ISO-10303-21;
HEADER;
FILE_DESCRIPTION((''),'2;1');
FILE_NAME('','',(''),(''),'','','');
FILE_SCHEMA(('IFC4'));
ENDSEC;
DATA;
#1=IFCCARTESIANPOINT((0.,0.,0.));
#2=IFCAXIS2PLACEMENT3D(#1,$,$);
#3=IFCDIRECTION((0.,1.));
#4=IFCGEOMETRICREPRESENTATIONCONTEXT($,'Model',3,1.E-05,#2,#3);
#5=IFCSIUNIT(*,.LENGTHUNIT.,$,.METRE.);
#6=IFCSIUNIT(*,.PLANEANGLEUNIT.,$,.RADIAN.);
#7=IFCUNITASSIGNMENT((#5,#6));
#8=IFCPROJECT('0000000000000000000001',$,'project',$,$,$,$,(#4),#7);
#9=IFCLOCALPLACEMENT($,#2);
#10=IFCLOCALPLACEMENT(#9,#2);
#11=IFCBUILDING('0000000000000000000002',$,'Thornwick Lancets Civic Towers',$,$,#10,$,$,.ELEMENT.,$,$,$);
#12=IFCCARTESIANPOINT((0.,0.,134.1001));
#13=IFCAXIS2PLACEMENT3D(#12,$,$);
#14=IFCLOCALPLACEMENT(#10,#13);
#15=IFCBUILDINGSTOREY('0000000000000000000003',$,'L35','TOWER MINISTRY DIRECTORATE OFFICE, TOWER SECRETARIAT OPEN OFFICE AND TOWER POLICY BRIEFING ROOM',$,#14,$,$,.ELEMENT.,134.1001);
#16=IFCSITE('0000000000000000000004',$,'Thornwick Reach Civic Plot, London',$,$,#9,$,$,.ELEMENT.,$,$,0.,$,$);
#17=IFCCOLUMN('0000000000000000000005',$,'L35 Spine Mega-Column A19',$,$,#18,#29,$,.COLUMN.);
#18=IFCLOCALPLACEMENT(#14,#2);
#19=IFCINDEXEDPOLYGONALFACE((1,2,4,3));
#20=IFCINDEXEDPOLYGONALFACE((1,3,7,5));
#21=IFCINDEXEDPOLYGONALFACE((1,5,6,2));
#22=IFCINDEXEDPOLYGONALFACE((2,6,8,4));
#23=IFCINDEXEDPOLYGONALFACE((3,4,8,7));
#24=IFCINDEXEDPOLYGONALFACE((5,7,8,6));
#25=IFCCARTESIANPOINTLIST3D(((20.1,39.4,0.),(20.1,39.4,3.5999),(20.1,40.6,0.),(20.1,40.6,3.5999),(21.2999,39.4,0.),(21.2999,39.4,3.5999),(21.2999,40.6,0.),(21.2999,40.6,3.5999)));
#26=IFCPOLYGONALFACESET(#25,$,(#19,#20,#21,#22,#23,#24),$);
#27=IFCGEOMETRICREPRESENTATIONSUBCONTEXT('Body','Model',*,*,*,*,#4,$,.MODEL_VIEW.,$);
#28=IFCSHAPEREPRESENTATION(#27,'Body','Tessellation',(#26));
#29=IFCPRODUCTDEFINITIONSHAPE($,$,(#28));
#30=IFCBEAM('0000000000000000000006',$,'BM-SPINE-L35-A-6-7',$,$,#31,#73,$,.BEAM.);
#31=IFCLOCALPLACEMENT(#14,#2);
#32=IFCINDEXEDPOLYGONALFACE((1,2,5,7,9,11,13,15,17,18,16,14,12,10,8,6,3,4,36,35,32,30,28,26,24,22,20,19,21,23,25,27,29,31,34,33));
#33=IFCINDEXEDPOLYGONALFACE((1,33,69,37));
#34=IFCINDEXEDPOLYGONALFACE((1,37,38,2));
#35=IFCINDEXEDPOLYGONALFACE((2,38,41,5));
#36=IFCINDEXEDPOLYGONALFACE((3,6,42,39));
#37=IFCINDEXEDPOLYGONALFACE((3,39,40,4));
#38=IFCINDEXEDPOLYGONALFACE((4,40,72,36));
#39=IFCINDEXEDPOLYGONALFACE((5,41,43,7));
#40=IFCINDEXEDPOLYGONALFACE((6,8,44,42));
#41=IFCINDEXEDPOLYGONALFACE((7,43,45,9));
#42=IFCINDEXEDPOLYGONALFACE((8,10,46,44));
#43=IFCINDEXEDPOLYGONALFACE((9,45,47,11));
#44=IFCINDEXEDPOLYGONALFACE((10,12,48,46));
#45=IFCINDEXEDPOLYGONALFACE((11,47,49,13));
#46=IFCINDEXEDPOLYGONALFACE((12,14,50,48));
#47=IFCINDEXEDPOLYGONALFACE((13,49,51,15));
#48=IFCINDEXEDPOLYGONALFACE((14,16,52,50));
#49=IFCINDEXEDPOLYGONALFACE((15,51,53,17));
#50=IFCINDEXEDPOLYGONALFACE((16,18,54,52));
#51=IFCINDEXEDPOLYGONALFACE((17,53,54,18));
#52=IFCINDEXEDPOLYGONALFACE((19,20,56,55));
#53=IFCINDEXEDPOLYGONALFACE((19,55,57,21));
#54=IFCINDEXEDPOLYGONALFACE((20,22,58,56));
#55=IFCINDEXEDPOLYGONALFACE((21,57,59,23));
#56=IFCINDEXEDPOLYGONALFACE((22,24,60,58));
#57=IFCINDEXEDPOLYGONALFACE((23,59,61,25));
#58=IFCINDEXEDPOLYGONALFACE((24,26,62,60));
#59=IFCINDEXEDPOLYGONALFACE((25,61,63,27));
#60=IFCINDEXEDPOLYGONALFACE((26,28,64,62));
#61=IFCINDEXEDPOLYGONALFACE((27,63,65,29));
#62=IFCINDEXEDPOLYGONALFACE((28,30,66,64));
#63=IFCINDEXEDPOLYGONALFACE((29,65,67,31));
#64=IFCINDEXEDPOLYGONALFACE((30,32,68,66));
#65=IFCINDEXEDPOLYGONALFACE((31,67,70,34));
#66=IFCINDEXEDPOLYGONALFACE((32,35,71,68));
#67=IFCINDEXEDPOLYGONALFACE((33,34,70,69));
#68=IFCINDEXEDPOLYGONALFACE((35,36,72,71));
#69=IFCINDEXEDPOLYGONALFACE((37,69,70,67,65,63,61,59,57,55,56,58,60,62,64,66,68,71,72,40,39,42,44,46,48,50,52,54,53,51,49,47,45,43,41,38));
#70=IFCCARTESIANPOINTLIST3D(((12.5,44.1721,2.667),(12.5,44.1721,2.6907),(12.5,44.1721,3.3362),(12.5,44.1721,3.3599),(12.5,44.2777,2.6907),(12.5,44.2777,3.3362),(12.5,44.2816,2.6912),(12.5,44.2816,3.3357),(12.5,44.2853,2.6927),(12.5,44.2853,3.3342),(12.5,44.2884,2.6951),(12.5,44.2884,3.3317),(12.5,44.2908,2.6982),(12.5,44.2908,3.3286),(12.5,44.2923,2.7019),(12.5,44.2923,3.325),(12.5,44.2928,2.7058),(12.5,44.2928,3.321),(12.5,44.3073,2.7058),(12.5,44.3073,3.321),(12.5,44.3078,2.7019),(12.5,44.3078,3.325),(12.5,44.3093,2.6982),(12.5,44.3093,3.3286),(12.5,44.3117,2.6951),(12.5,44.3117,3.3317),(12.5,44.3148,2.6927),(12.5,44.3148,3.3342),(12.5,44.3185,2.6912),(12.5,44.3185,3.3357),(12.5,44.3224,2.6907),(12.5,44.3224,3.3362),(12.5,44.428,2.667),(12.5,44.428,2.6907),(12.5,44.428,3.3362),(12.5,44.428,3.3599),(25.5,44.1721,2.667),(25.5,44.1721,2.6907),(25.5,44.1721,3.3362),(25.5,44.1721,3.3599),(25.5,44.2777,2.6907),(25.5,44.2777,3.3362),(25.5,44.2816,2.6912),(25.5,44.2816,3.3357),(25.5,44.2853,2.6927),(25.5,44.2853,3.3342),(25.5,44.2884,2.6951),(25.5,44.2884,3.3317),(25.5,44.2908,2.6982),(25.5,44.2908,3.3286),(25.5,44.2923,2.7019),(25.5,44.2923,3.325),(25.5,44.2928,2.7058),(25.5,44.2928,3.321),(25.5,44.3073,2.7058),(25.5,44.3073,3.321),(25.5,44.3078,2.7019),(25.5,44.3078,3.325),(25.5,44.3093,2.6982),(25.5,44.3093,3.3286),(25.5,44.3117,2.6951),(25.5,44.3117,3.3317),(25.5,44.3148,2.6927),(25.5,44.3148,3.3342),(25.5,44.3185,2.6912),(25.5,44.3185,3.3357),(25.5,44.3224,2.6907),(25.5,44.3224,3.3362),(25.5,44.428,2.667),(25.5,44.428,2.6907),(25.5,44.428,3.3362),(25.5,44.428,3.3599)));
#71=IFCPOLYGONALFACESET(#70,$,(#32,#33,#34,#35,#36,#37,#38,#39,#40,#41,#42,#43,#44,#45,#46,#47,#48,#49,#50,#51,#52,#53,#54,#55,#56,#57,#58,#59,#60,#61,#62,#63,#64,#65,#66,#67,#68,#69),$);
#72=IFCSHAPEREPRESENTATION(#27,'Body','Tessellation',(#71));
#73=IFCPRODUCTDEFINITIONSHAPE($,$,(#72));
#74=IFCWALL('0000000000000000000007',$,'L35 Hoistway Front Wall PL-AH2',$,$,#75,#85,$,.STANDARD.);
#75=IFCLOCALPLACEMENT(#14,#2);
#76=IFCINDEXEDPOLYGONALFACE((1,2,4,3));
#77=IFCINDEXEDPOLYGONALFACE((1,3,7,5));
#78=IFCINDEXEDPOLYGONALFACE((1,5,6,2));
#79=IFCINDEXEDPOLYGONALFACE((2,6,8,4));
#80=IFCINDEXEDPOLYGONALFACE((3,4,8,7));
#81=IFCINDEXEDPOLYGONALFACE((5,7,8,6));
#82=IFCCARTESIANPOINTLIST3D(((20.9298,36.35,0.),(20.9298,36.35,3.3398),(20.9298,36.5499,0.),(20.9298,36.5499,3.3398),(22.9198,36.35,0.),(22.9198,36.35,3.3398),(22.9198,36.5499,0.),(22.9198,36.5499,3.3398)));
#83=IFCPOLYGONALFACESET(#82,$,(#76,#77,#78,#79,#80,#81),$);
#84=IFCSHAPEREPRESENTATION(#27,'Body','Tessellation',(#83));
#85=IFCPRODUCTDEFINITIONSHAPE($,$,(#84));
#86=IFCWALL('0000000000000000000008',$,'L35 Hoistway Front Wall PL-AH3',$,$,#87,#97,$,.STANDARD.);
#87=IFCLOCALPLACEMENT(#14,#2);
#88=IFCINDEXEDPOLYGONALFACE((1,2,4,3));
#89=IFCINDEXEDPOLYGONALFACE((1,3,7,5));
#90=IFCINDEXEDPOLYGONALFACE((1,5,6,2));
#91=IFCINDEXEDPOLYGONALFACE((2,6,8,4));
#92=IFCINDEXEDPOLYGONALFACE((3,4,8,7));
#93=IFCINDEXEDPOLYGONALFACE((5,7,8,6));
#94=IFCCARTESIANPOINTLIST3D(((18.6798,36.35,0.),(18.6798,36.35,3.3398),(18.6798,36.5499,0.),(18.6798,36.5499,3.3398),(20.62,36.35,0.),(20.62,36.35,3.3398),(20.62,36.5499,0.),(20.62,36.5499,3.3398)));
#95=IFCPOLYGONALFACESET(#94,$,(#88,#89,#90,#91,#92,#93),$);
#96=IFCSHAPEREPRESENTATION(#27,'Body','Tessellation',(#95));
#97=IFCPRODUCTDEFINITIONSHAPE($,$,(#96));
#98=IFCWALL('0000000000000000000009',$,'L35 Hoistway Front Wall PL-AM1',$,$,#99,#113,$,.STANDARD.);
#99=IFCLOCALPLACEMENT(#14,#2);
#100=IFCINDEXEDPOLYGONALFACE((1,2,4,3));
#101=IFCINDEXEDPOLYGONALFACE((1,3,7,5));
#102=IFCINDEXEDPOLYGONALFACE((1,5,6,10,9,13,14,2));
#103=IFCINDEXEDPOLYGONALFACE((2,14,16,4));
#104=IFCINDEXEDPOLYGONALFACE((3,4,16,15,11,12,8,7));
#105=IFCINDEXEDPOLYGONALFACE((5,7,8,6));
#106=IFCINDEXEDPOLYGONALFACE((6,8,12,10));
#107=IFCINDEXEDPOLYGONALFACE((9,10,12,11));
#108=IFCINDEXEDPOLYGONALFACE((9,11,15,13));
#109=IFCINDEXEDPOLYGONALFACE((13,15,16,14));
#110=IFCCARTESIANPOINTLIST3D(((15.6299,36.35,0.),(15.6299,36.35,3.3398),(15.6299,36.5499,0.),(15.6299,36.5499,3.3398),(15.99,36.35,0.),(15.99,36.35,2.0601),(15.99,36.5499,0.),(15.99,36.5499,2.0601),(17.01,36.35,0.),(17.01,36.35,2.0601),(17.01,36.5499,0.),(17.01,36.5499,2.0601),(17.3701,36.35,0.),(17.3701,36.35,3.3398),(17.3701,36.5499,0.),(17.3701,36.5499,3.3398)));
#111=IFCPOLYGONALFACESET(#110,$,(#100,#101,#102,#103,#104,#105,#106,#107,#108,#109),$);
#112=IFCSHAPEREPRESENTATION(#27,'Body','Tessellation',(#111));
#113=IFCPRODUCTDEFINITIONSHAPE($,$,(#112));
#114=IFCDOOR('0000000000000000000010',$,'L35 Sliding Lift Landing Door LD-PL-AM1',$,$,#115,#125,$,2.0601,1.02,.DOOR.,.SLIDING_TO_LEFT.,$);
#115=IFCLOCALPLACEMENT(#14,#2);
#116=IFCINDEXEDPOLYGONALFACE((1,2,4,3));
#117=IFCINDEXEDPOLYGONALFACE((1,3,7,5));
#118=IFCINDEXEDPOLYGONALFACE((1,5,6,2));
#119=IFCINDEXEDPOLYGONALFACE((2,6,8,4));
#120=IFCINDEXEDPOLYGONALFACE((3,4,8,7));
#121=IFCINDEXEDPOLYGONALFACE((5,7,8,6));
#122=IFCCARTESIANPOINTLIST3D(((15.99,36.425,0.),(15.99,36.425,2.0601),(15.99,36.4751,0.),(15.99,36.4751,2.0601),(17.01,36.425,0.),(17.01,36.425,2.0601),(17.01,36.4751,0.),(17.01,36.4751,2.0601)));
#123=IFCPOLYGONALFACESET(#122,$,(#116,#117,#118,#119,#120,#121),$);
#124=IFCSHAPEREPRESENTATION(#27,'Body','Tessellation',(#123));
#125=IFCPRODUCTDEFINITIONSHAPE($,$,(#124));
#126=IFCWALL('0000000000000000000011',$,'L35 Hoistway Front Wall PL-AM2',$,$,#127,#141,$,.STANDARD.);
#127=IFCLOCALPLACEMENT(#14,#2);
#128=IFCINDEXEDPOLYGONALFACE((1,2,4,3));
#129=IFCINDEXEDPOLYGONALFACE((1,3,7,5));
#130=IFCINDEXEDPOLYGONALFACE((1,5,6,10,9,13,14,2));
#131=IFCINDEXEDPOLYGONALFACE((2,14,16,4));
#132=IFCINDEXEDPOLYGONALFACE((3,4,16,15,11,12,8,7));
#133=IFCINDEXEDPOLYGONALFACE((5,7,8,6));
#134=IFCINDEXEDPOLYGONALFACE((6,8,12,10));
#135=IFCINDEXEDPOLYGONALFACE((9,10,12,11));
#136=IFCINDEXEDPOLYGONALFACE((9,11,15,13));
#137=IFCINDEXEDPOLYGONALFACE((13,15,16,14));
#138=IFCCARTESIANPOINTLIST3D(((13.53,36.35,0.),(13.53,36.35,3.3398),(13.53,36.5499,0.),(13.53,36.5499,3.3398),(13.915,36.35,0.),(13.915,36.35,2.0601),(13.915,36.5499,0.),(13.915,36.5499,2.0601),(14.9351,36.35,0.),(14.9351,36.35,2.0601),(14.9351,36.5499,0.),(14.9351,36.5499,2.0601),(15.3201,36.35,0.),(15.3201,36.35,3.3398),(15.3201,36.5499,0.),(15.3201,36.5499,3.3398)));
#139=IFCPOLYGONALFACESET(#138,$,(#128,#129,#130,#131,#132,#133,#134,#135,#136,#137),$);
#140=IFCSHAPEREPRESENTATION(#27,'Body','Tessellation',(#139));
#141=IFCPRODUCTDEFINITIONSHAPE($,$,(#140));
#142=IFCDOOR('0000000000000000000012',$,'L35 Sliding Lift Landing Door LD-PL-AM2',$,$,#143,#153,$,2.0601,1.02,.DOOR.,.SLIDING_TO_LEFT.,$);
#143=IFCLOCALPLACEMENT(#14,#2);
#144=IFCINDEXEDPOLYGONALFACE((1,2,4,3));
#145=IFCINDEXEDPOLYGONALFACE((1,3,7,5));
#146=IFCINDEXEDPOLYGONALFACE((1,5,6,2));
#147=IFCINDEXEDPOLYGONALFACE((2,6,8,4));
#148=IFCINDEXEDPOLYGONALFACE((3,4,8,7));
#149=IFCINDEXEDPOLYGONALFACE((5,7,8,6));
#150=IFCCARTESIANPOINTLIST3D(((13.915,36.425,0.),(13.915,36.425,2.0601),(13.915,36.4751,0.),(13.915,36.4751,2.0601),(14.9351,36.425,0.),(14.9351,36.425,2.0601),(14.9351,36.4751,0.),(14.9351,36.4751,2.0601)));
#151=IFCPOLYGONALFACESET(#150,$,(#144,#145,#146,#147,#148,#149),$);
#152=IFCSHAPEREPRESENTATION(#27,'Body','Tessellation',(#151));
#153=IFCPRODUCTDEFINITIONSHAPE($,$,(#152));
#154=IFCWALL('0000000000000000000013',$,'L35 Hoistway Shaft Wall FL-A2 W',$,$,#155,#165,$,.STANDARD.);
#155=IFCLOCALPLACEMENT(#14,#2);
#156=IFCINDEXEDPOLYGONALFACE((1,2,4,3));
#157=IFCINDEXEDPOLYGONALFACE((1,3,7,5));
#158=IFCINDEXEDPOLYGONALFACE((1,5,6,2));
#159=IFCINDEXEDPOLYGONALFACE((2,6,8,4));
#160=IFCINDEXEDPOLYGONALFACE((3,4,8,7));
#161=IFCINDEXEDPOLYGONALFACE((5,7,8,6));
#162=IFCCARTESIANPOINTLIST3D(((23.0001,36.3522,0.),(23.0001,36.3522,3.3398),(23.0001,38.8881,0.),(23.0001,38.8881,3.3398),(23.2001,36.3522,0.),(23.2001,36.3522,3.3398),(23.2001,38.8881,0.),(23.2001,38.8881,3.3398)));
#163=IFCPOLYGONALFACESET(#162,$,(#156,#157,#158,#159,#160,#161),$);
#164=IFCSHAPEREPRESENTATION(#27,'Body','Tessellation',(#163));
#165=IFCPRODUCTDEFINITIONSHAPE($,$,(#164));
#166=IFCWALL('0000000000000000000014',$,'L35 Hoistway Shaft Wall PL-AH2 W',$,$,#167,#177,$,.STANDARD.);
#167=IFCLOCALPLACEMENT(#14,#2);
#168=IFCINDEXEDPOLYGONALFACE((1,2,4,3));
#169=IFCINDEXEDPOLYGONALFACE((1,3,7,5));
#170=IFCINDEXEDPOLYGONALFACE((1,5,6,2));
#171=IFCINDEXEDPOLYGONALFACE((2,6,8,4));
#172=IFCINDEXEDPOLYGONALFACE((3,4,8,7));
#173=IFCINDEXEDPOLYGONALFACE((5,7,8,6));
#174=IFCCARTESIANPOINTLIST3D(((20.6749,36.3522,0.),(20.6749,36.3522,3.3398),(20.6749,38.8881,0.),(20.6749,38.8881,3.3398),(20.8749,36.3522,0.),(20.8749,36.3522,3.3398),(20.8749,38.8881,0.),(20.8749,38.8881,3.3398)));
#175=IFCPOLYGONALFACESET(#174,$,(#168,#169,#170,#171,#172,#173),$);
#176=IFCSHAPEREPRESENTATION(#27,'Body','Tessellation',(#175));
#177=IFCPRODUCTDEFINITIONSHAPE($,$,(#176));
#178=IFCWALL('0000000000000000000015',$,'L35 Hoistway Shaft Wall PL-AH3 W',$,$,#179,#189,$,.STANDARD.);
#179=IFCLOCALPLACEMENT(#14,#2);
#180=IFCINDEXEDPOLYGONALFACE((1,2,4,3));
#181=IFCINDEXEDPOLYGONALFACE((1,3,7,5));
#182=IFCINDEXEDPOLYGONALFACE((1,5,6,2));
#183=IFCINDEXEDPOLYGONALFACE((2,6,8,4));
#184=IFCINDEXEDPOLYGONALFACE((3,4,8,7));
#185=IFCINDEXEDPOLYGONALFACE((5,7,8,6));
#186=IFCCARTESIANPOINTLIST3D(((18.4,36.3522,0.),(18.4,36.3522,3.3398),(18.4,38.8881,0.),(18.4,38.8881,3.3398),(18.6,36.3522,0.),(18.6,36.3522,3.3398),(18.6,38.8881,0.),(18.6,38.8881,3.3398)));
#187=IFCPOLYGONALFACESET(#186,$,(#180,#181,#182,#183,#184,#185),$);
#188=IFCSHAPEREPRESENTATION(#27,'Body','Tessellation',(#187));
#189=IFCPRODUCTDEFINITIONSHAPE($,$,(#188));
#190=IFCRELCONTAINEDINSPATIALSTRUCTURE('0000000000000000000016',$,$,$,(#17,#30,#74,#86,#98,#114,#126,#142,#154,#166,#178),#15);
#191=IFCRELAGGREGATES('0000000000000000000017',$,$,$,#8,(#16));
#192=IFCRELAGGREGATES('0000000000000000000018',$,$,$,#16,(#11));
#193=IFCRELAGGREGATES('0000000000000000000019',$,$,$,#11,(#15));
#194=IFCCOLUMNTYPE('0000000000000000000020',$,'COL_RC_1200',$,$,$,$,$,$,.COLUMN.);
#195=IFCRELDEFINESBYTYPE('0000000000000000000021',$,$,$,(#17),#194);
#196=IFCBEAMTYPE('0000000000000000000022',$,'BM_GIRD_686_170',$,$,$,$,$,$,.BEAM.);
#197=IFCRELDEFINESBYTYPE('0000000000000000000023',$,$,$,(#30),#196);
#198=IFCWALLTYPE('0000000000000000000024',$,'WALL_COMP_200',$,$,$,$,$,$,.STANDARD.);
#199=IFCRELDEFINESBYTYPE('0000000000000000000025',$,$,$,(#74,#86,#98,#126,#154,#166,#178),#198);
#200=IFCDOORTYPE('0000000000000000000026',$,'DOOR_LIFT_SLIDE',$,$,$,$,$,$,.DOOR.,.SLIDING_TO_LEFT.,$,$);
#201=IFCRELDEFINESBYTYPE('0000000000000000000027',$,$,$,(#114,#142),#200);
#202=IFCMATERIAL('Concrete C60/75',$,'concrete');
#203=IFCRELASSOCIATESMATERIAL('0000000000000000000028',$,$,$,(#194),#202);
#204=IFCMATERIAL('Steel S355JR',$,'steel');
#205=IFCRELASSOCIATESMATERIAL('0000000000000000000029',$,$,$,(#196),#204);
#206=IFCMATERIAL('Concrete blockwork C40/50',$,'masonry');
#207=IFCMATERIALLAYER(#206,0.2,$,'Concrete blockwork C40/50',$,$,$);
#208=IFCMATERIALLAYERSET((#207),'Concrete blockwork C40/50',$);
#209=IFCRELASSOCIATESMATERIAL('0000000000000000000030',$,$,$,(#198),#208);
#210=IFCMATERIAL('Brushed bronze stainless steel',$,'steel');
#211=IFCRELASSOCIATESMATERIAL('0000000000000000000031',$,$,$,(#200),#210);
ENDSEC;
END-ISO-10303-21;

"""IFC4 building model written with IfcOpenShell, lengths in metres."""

from ifc_helpers import new_model, si_unit, direction, frame, frame_2d, origin, origin_2d, place, context, subcontext, project, spatial, rectangle, i_section, extrude, material, layer, layer_set, material_profile, profile_set, type_object, element, fill, save


model = new_model("IFC4")

# Units and contexts
model_context = context("Model", 3, precision=1e-05, world=origin(), true_north=direction((0.0, 1.0)))
body_context = subcontext(model_context, "Body", "Model", "MODEL_VIEW")
ifc_project = project(units=[si_unit("LENGTHUNIT", "METRE"), si_unit("PLANEANGLEUNIT", "RADIAN")], contexts=[model_context])

# Site, building, storey
site_placement = place(None, origin())
site = spatial("IfcSite", under=ifc_project, at=site_placement, Name="Thornwick Reach Civic Plot, London", CompositionType="ELEMENT", RefElevation=0.0)
building_placement = place(site_placement, origin())
building = spatial("IfcBuilding", under=site, at=building_placement, Name="Thornwick Lancets Civic Towers", CompositionType="ELEMENT")
storey_placement = place(building_placement, frame((0.0, 0.0, 134.1001)))
storey = spatial("IfcBuildingStorey", under=building, at=storey_placement, Name="L35", Description="TOWER MINISTRY DIRECTORATE OFFICE, TOWER SECRETARIAT OPEN OFFICE AND TOWER POLICY BRIEFING ROOM", CompositionType="ELEMENT", Elevation=134.1001)

# Column
ifc_material_1 = material(Name="Concrete C60/75", Category="concrete")
ifc_material_profile_1 = material_profile(ifc_material_1, rectangle(XDim=1.2, YDim=1.2, at=origin_2d()), Name="RC 1200x1200")
ifc_profile_set_1 = profile_set([ifc_material_profile_1], Name="Concrete C60/75")
column_type = type_object("IfcColumnType", Name="COL_RC_1200", PredefinedType="COLUMN", material=ifc_profile_set_1)
column_placement = place(storey_placement, frame((20.7, 40.0, 0.0), z_axis=(0.0, 0.0, 1.0), x_axis=(1.0, 0.0, 0.0)))
element("IfcColumn", 1, at=column_placement, inside=storey, type_object=column_type, Name="L35 Spine Mega-Column A19", PredefinedType="COLUMN", context=body_context, shape_type="SweptSolid", body=[
    extrude(rectangle(XDim=1.2, YDim=1.2, at=origin_2d()), origin(), (0.0, 0.0, 1.0), 3.5999),
])

# Beam
ifc_material_2 = material(Name="Steel S355JR", Category="steel")
ifc_material_profile_2 = material_profile(ifc_material_2, i_section(OverallWidth=0.2559, OverallDepth=0.6929, WebThickness=0.0144, FlangeThickness=0.0237, FilletRadius=0.0151, at=origin_2d()), Name="UKB 686x254x170")
ifc_profile_set_2 = profile_set([ifc_material_profile_2], Name="Steel S355JR")
beam_type = type_object("IfcBeamType", Name="BM_GIRD_686_170", PredefinedType="BEAM", material=ifc_profile_set_2)
beam_placement = place(storey_placement, frame((12.5, 44.3, 3.0134), z_axis=(1.0, 0.0, 0.0), x_axis=(0.0, 1.0, 0.0)))
element("IfcBeam", 2, at=beam_placement, inside=storey, type_object=beam_type, Name="BM-SPINE-L35-A-6-7", PredefinedType="BEAM", context=body_context, shape_type="SweptSolid", body=[
    extrude(i_section(OverallWidth=0.2559, OverallDepth=0.6929, WebThickness=0.0144, FlangeThickness=0.0237, FilletRadius=0.0151, at=origin_2d()), origin(), (0.0, 0.0, 1.0), 13.0),
])

# Walls
ifc_material_3 = material(Name="Concrete blockwork C40/50", Category="masonry")
ifc_layer_1 = layer(ifc_material_3, 0.2, Name="Concrete blockwork C40/50")
ifc_layer_set_1 = layer_set([ifc_layer_1], Name="Concrete blockwork C40/50")
wall_type_1 = type_object("IfcWallType", Name="WALL_COMP_200", PredefinedType="STANDARD", material=ifc_layer_set_1)
wall_1_placement = place(storey_placement, frame((22.9199, 36.45, 0.0), z_axis=(0.0, 0.0, 1.0), x_axis=(-1.0, 0.0, 0.0)))
element("IfcWall", 3, at=wall_1_placement, inside=storey, type_object=wall_type_1, Name="L35 Hoistway Front Wall PL-AH2", PredefinedType="STANDARD", context=body_context, shape_type="SweptSolid", body=[
    extrude(rectangle(XDim=1.99, YDim=0.2, at=frame_2d((0.9951, 0.0))), origin(), (0.0, 0.0, 1.0), 3.3398),
])
wall_2_placement = place(storey_placement, frame((20.6201, 36.45, 0.0), z_axis=(0.0, 0.0, 1.0), x_axis=(-1.0, 0.0, 0.0)))
element("IfcWall", 4, at=wall_2_placement, inside=storey, type_object=wall_type_1, Name="L35 Hoistway Front Wall PL-AH3", PredefinedType="STANDARD", context=body_context, shape_type="SweptSolid", body=[
    extrude(rectangle(XDim=1.9402, YDim=0.2, at=frame_2d((0.9702, 0.0))), origin(), (0.0, 0.0, 1.0), 3.3398),
])

# Walls, openings, doors
wall_3_placement = place(storey_placement, frame((17.3701, 36.45, 0.0), z_axis=(0.0, 0.0, 1.0), x_axis=(-1.0, 0.0, 0.0)))
wall_3 = element("IfcWall", 5, at=wall_3_placement, inside=storey, type_object=wall_type_1, Name="L35 Hoistway Front Wall PL-AM1", PredefinedType="STANDARD", context=body_context, shape_type="SweptSolid", body=[
    extrude(rectangle(XDim=1.7402, YDim=0.2, at=frame_2d((0.8701, 0.0))), origin(), (0.0, 0.0, 1.0), 3.3398),
])
opening_1_placement = place(wall_3_placement, frame((0.3601, 0.0, 0.0)))
opening_1 = element("IfcOpeningElement", 6, at=opening_1_placement, cuts=wall_3, PredefinedType="OPENING", context=body_context, shape_type="SweptSolid", body=[
    extrude(rectangle(XDim=1.02, YDim=2.0601, at=frame_2d((0.51, 1.03))), frame((0.0, 0.1099, 0.0), z_axis=(0.0, -1.0, 0.0), x_axis=(1.0, 0.0, 0.0)), (0.0, 0.0, 1.0), 0.22),
])
ifc_material_4 = material(Name="Brushed bronze stainless steel", Category="steel")
door_type = type_object("IfcDoorType", Name="DOOR_LIFT_SLIDE", OperationType="SLIDING_TO_LEFT", PredefinedType="DOOR", material=ifc_material_4)
door_1_placement = place(opening_1_placement, origin())
door_1 = element("IfcDoor", 7, at=door_1_placement, inside=storey, type_object=door_type, Name="L35 Sliding Lift Landing Door LD-PL-AM1", OperationType="SLIDING_TO_LEFT", OverallHeight=2.0601, OverallWidth=1.02, PredefinedType="DOOR", context=body_context, shape_type="SweptSolid", body=[
    extrude(rectangle(XDim=1.02, YDim=2.0601, at=frame_2d((0.51, 1.03))), frame((0.0, 0.0249, 0.0), z_axis=(0.0, -1.0, 0.0), x_axis=(1.0, 0.0, 0.0)), (0.0, 0.0, 1.0), 0.05),
])
fill(opening_1, door_1)
wall_4_placement = place(storey_placement, frame((15.3201, 36.45, 0.0), z_axis=(0.0, 0.0, 1.0), x_axis=(-1.0, 0.0, 0.0)))
wall_4 = element("IfcWall", 8, at=wall_4_placement, inside=storey, type_object=wall_type_1, Name="L35 Hoistway Front Wall PL-AM2", PredefinedType="STANDARD", context=body_context, shape_type="SweptSolid", body=[
    extrude(rectangle(XDim=1.79, YDim=0.2, at=frame_2d((0.895, 0.0))), origin(), (0.0, 0.0, 1.0), 3.3398),
])
opening_2_placement = place(wall_4_placement, frame((0.385, 0.0, 0.0)))
opening_2 = element("IfcOpeningElement", 9, at=opening_2_placement, cuts=wall_4, PredefinedType="OPENING", context=body_context, shape_type="SweptSolid", body=[
    extrude(rectangle(XDim=1.02, YDim=2.0601, at=frame_2d((0.51, 1.03))), frame((0.0, 0.1099, 0.0), z_axis=(0.0, -1.0, 0.0), x_axis=(1.0, 0.0, 0.0)), (0.0, 0.0, 1.0), 0.22),
])
door_2_placement = place(opening_2_placement, origin())
door_2 = element("IfcDoor", 10, at=door_2_placement, inside=storey, type_object=door_type, Name="L35 Sliding Lift Landing Door LD-PL-AM2", OperationType="SLIDING_TO_LEFT", OverallHeight=2.0601, OverallWidth=1.02, PredefinedType="DOOR", context=body_context, shape_type="SweptSolid", body=[
    extrude(rectangle(XDim=1.02, YDim=2.0601, at=frame_2d((0.51, 1.03))), frame((0.0, 0.0249, 0.0), z_axis=(0.0, -1.0, 0.0), x_axis=(1.0, 0.0, 0.0)), (0.0, 0.0, 1.0), 0.05),
])
fill(opening_2, door_2)

# Walls
for number, where, z_axis, x_axis, name in (
    (11, (23.1001, 36.3521, 0.0), (0.0, 0.0, 1.0), (0.0, 1.0, 0.0), "L35 Hoistway Shaft Wall FL-A2 W"),
    (12, (20.7749, 36.3521, 0.0), (0.0, 0.0, 1.0), (0.0, 1.0, 0.0), "L35 Hoistway Shaft Wall PL-AH2 W"),
    (13, (18.5, 36.3521, 0.0), (0.0, 0.0, 1.0), (0.0, 1.0, 0.0), "L35 Hoistway Shaft Wall PL-AH3 W"),
):
    element("IfcWall", number, at=place(storey_placement, frame(where, z_axis=z_axis, x_axis=x_axis)), inside=storey, type_object=wall_type_1, Name=name, PredefinedType="STANDARD", context=body_context, shape_type="SweptSolid", body=[
        extrude(rectangle(XDim=2.5359, YDim=0.2, at=frame_2d((1.2681, 0.0))), origin(), (0.0, 0.0, 1.0), 3.3398),
    ])

save(model, "model.ifc")
